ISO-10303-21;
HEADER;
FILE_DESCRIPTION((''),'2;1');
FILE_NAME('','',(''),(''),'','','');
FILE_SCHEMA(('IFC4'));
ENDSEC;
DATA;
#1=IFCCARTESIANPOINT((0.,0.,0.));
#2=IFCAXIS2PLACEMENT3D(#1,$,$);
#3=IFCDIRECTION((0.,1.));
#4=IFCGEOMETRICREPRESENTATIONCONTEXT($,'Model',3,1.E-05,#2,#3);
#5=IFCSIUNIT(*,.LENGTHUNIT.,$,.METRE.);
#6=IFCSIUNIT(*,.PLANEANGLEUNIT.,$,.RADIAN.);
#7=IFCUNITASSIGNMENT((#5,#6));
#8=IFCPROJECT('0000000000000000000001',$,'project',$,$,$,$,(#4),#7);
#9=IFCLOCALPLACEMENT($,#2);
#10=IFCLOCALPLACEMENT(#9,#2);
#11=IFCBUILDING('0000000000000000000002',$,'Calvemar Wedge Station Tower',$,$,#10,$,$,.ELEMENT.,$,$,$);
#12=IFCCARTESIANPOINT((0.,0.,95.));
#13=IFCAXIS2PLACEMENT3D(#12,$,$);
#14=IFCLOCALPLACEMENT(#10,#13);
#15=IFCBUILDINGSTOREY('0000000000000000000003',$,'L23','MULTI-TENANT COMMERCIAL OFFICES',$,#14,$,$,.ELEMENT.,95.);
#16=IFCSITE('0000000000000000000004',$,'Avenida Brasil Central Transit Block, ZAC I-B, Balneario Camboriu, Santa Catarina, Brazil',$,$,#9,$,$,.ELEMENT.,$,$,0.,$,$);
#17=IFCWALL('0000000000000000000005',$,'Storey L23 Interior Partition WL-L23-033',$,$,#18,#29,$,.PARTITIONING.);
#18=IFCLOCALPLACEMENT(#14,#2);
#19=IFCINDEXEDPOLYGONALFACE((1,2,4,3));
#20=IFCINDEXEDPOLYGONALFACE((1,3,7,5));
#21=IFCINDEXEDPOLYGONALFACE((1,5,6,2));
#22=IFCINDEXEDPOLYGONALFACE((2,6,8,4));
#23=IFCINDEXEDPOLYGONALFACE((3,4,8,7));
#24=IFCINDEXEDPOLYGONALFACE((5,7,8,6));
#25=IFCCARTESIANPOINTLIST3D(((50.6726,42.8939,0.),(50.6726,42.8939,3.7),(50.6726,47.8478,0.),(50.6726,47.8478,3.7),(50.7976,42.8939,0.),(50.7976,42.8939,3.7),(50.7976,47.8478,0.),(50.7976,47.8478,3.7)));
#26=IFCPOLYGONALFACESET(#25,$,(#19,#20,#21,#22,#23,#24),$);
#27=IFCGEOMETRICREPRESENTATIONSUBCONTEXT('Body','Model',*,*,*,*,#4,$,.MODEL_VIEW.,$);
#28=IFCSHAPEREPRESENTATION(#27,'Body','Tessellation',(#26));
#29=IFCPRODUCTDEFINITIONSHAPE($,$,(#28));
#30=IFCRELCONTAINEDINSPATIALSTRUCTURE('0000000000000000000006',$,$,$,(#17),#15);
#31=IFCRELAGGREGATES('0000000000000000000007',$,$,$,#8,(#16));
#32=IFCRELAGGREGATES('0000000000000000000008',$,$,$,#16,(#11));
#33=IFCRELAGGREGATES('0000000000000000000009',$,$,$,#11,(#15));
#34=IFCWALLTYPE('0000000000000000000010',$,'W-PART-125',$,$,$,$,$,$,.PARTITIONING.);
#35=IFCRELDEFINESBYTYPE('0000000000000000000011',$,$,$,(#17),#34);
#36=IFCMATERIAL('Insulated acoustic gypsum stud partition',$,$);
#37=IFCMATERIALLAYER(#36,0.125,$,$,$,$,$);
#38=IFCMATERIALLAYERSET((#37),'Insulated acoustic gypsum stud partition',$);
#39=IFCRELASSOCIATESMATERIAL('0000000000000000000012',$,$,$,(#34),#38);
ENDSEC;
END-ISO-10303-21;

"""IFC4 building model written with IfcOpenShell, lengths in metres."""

from ifc_helpers import new_model, si_unit, direction, frame, frame_2d, origin, place, context, subcontext, project, spatial, rectangle, extrude, material, layer, layer_set, type_object, element, save


model = new_model("IFC4")

# Units and contexts
model_context = context("Model", 3, precision=1e-05, world=origin(), true_north=direction((0.0, 1.0)))
body_context = subcontext(model_context, "Body", "Model", "MODEL_VIEW")
ifc_project = project(units=[si_unit("LENGTHUNIT", "METRE"), si_unit("PLANEANGLEUNIT", "RADIAN")], contexts=[model_context])

# Site, building, storey
site_placement = place(None, origin())
site = spatial("IfcSite", under=ifc_project, at=site_placement, Name="Avenida Brasil Central Transit Block, ZAC I-B, Balneario Camboriu, Santa Catarina, Brazil", CompositionType="ELEMENT", RefElevation=0.0)
building_placement = place(site_placement, origin())
building = spatial("IfcBuilding", under=site, at=building_placement, Name="Calvemar Wedge Station Tower", CompositionType="ELEMENT")
storey_placement = place(building_placement, frame((0.0, 0.0, 95.0)))
storey = spatial("IfcBuildingStorey", under=building, at=storey_placement, Name="L23", Description="MULTI-TENANT COMMERCIAL OFFICES", CompositionType="ELEMENT", Elevation=95.0)

# Wall
ifc_material_1 = material(Name="Insulated acoustic gypsum stud partition")
ifc_layer_1 = layer(ifc_material_1, 0.125)
ifc_layer_set_1 = layer_set([ifc_layer_1], Name="Insulated acoustic gypsum stud partition")
wall_type_1 = type_object("IfcWallType", Name="W-PART-125", PredefinedType="PARTITIONING", material=ifc_layer_set_1)
wall_1_placement = place(storey_placement, frame((50.7351, 47.8479, 0.0), z_axis=(0.0, 0.0, 1.0), x_axis=(0.0, -1.0, 0.0)))
element("IfcWall", 1, at=wall_1_placement, inside=storey, type_object=wall_type_1, Name="Storey L23 Interior Partition WL-L23-033", PredefinedType="PARTITIONING", context=body_context, shape_type="SweptSolid", body=[
    extrude(rectangle(XDim=4.9539, YDim=0.125, at=frame_2d((2.4771, 0.0))), origin(), (0.0, 0.0, 1.0), 3.7),
])

save(model, "model.ifc")
